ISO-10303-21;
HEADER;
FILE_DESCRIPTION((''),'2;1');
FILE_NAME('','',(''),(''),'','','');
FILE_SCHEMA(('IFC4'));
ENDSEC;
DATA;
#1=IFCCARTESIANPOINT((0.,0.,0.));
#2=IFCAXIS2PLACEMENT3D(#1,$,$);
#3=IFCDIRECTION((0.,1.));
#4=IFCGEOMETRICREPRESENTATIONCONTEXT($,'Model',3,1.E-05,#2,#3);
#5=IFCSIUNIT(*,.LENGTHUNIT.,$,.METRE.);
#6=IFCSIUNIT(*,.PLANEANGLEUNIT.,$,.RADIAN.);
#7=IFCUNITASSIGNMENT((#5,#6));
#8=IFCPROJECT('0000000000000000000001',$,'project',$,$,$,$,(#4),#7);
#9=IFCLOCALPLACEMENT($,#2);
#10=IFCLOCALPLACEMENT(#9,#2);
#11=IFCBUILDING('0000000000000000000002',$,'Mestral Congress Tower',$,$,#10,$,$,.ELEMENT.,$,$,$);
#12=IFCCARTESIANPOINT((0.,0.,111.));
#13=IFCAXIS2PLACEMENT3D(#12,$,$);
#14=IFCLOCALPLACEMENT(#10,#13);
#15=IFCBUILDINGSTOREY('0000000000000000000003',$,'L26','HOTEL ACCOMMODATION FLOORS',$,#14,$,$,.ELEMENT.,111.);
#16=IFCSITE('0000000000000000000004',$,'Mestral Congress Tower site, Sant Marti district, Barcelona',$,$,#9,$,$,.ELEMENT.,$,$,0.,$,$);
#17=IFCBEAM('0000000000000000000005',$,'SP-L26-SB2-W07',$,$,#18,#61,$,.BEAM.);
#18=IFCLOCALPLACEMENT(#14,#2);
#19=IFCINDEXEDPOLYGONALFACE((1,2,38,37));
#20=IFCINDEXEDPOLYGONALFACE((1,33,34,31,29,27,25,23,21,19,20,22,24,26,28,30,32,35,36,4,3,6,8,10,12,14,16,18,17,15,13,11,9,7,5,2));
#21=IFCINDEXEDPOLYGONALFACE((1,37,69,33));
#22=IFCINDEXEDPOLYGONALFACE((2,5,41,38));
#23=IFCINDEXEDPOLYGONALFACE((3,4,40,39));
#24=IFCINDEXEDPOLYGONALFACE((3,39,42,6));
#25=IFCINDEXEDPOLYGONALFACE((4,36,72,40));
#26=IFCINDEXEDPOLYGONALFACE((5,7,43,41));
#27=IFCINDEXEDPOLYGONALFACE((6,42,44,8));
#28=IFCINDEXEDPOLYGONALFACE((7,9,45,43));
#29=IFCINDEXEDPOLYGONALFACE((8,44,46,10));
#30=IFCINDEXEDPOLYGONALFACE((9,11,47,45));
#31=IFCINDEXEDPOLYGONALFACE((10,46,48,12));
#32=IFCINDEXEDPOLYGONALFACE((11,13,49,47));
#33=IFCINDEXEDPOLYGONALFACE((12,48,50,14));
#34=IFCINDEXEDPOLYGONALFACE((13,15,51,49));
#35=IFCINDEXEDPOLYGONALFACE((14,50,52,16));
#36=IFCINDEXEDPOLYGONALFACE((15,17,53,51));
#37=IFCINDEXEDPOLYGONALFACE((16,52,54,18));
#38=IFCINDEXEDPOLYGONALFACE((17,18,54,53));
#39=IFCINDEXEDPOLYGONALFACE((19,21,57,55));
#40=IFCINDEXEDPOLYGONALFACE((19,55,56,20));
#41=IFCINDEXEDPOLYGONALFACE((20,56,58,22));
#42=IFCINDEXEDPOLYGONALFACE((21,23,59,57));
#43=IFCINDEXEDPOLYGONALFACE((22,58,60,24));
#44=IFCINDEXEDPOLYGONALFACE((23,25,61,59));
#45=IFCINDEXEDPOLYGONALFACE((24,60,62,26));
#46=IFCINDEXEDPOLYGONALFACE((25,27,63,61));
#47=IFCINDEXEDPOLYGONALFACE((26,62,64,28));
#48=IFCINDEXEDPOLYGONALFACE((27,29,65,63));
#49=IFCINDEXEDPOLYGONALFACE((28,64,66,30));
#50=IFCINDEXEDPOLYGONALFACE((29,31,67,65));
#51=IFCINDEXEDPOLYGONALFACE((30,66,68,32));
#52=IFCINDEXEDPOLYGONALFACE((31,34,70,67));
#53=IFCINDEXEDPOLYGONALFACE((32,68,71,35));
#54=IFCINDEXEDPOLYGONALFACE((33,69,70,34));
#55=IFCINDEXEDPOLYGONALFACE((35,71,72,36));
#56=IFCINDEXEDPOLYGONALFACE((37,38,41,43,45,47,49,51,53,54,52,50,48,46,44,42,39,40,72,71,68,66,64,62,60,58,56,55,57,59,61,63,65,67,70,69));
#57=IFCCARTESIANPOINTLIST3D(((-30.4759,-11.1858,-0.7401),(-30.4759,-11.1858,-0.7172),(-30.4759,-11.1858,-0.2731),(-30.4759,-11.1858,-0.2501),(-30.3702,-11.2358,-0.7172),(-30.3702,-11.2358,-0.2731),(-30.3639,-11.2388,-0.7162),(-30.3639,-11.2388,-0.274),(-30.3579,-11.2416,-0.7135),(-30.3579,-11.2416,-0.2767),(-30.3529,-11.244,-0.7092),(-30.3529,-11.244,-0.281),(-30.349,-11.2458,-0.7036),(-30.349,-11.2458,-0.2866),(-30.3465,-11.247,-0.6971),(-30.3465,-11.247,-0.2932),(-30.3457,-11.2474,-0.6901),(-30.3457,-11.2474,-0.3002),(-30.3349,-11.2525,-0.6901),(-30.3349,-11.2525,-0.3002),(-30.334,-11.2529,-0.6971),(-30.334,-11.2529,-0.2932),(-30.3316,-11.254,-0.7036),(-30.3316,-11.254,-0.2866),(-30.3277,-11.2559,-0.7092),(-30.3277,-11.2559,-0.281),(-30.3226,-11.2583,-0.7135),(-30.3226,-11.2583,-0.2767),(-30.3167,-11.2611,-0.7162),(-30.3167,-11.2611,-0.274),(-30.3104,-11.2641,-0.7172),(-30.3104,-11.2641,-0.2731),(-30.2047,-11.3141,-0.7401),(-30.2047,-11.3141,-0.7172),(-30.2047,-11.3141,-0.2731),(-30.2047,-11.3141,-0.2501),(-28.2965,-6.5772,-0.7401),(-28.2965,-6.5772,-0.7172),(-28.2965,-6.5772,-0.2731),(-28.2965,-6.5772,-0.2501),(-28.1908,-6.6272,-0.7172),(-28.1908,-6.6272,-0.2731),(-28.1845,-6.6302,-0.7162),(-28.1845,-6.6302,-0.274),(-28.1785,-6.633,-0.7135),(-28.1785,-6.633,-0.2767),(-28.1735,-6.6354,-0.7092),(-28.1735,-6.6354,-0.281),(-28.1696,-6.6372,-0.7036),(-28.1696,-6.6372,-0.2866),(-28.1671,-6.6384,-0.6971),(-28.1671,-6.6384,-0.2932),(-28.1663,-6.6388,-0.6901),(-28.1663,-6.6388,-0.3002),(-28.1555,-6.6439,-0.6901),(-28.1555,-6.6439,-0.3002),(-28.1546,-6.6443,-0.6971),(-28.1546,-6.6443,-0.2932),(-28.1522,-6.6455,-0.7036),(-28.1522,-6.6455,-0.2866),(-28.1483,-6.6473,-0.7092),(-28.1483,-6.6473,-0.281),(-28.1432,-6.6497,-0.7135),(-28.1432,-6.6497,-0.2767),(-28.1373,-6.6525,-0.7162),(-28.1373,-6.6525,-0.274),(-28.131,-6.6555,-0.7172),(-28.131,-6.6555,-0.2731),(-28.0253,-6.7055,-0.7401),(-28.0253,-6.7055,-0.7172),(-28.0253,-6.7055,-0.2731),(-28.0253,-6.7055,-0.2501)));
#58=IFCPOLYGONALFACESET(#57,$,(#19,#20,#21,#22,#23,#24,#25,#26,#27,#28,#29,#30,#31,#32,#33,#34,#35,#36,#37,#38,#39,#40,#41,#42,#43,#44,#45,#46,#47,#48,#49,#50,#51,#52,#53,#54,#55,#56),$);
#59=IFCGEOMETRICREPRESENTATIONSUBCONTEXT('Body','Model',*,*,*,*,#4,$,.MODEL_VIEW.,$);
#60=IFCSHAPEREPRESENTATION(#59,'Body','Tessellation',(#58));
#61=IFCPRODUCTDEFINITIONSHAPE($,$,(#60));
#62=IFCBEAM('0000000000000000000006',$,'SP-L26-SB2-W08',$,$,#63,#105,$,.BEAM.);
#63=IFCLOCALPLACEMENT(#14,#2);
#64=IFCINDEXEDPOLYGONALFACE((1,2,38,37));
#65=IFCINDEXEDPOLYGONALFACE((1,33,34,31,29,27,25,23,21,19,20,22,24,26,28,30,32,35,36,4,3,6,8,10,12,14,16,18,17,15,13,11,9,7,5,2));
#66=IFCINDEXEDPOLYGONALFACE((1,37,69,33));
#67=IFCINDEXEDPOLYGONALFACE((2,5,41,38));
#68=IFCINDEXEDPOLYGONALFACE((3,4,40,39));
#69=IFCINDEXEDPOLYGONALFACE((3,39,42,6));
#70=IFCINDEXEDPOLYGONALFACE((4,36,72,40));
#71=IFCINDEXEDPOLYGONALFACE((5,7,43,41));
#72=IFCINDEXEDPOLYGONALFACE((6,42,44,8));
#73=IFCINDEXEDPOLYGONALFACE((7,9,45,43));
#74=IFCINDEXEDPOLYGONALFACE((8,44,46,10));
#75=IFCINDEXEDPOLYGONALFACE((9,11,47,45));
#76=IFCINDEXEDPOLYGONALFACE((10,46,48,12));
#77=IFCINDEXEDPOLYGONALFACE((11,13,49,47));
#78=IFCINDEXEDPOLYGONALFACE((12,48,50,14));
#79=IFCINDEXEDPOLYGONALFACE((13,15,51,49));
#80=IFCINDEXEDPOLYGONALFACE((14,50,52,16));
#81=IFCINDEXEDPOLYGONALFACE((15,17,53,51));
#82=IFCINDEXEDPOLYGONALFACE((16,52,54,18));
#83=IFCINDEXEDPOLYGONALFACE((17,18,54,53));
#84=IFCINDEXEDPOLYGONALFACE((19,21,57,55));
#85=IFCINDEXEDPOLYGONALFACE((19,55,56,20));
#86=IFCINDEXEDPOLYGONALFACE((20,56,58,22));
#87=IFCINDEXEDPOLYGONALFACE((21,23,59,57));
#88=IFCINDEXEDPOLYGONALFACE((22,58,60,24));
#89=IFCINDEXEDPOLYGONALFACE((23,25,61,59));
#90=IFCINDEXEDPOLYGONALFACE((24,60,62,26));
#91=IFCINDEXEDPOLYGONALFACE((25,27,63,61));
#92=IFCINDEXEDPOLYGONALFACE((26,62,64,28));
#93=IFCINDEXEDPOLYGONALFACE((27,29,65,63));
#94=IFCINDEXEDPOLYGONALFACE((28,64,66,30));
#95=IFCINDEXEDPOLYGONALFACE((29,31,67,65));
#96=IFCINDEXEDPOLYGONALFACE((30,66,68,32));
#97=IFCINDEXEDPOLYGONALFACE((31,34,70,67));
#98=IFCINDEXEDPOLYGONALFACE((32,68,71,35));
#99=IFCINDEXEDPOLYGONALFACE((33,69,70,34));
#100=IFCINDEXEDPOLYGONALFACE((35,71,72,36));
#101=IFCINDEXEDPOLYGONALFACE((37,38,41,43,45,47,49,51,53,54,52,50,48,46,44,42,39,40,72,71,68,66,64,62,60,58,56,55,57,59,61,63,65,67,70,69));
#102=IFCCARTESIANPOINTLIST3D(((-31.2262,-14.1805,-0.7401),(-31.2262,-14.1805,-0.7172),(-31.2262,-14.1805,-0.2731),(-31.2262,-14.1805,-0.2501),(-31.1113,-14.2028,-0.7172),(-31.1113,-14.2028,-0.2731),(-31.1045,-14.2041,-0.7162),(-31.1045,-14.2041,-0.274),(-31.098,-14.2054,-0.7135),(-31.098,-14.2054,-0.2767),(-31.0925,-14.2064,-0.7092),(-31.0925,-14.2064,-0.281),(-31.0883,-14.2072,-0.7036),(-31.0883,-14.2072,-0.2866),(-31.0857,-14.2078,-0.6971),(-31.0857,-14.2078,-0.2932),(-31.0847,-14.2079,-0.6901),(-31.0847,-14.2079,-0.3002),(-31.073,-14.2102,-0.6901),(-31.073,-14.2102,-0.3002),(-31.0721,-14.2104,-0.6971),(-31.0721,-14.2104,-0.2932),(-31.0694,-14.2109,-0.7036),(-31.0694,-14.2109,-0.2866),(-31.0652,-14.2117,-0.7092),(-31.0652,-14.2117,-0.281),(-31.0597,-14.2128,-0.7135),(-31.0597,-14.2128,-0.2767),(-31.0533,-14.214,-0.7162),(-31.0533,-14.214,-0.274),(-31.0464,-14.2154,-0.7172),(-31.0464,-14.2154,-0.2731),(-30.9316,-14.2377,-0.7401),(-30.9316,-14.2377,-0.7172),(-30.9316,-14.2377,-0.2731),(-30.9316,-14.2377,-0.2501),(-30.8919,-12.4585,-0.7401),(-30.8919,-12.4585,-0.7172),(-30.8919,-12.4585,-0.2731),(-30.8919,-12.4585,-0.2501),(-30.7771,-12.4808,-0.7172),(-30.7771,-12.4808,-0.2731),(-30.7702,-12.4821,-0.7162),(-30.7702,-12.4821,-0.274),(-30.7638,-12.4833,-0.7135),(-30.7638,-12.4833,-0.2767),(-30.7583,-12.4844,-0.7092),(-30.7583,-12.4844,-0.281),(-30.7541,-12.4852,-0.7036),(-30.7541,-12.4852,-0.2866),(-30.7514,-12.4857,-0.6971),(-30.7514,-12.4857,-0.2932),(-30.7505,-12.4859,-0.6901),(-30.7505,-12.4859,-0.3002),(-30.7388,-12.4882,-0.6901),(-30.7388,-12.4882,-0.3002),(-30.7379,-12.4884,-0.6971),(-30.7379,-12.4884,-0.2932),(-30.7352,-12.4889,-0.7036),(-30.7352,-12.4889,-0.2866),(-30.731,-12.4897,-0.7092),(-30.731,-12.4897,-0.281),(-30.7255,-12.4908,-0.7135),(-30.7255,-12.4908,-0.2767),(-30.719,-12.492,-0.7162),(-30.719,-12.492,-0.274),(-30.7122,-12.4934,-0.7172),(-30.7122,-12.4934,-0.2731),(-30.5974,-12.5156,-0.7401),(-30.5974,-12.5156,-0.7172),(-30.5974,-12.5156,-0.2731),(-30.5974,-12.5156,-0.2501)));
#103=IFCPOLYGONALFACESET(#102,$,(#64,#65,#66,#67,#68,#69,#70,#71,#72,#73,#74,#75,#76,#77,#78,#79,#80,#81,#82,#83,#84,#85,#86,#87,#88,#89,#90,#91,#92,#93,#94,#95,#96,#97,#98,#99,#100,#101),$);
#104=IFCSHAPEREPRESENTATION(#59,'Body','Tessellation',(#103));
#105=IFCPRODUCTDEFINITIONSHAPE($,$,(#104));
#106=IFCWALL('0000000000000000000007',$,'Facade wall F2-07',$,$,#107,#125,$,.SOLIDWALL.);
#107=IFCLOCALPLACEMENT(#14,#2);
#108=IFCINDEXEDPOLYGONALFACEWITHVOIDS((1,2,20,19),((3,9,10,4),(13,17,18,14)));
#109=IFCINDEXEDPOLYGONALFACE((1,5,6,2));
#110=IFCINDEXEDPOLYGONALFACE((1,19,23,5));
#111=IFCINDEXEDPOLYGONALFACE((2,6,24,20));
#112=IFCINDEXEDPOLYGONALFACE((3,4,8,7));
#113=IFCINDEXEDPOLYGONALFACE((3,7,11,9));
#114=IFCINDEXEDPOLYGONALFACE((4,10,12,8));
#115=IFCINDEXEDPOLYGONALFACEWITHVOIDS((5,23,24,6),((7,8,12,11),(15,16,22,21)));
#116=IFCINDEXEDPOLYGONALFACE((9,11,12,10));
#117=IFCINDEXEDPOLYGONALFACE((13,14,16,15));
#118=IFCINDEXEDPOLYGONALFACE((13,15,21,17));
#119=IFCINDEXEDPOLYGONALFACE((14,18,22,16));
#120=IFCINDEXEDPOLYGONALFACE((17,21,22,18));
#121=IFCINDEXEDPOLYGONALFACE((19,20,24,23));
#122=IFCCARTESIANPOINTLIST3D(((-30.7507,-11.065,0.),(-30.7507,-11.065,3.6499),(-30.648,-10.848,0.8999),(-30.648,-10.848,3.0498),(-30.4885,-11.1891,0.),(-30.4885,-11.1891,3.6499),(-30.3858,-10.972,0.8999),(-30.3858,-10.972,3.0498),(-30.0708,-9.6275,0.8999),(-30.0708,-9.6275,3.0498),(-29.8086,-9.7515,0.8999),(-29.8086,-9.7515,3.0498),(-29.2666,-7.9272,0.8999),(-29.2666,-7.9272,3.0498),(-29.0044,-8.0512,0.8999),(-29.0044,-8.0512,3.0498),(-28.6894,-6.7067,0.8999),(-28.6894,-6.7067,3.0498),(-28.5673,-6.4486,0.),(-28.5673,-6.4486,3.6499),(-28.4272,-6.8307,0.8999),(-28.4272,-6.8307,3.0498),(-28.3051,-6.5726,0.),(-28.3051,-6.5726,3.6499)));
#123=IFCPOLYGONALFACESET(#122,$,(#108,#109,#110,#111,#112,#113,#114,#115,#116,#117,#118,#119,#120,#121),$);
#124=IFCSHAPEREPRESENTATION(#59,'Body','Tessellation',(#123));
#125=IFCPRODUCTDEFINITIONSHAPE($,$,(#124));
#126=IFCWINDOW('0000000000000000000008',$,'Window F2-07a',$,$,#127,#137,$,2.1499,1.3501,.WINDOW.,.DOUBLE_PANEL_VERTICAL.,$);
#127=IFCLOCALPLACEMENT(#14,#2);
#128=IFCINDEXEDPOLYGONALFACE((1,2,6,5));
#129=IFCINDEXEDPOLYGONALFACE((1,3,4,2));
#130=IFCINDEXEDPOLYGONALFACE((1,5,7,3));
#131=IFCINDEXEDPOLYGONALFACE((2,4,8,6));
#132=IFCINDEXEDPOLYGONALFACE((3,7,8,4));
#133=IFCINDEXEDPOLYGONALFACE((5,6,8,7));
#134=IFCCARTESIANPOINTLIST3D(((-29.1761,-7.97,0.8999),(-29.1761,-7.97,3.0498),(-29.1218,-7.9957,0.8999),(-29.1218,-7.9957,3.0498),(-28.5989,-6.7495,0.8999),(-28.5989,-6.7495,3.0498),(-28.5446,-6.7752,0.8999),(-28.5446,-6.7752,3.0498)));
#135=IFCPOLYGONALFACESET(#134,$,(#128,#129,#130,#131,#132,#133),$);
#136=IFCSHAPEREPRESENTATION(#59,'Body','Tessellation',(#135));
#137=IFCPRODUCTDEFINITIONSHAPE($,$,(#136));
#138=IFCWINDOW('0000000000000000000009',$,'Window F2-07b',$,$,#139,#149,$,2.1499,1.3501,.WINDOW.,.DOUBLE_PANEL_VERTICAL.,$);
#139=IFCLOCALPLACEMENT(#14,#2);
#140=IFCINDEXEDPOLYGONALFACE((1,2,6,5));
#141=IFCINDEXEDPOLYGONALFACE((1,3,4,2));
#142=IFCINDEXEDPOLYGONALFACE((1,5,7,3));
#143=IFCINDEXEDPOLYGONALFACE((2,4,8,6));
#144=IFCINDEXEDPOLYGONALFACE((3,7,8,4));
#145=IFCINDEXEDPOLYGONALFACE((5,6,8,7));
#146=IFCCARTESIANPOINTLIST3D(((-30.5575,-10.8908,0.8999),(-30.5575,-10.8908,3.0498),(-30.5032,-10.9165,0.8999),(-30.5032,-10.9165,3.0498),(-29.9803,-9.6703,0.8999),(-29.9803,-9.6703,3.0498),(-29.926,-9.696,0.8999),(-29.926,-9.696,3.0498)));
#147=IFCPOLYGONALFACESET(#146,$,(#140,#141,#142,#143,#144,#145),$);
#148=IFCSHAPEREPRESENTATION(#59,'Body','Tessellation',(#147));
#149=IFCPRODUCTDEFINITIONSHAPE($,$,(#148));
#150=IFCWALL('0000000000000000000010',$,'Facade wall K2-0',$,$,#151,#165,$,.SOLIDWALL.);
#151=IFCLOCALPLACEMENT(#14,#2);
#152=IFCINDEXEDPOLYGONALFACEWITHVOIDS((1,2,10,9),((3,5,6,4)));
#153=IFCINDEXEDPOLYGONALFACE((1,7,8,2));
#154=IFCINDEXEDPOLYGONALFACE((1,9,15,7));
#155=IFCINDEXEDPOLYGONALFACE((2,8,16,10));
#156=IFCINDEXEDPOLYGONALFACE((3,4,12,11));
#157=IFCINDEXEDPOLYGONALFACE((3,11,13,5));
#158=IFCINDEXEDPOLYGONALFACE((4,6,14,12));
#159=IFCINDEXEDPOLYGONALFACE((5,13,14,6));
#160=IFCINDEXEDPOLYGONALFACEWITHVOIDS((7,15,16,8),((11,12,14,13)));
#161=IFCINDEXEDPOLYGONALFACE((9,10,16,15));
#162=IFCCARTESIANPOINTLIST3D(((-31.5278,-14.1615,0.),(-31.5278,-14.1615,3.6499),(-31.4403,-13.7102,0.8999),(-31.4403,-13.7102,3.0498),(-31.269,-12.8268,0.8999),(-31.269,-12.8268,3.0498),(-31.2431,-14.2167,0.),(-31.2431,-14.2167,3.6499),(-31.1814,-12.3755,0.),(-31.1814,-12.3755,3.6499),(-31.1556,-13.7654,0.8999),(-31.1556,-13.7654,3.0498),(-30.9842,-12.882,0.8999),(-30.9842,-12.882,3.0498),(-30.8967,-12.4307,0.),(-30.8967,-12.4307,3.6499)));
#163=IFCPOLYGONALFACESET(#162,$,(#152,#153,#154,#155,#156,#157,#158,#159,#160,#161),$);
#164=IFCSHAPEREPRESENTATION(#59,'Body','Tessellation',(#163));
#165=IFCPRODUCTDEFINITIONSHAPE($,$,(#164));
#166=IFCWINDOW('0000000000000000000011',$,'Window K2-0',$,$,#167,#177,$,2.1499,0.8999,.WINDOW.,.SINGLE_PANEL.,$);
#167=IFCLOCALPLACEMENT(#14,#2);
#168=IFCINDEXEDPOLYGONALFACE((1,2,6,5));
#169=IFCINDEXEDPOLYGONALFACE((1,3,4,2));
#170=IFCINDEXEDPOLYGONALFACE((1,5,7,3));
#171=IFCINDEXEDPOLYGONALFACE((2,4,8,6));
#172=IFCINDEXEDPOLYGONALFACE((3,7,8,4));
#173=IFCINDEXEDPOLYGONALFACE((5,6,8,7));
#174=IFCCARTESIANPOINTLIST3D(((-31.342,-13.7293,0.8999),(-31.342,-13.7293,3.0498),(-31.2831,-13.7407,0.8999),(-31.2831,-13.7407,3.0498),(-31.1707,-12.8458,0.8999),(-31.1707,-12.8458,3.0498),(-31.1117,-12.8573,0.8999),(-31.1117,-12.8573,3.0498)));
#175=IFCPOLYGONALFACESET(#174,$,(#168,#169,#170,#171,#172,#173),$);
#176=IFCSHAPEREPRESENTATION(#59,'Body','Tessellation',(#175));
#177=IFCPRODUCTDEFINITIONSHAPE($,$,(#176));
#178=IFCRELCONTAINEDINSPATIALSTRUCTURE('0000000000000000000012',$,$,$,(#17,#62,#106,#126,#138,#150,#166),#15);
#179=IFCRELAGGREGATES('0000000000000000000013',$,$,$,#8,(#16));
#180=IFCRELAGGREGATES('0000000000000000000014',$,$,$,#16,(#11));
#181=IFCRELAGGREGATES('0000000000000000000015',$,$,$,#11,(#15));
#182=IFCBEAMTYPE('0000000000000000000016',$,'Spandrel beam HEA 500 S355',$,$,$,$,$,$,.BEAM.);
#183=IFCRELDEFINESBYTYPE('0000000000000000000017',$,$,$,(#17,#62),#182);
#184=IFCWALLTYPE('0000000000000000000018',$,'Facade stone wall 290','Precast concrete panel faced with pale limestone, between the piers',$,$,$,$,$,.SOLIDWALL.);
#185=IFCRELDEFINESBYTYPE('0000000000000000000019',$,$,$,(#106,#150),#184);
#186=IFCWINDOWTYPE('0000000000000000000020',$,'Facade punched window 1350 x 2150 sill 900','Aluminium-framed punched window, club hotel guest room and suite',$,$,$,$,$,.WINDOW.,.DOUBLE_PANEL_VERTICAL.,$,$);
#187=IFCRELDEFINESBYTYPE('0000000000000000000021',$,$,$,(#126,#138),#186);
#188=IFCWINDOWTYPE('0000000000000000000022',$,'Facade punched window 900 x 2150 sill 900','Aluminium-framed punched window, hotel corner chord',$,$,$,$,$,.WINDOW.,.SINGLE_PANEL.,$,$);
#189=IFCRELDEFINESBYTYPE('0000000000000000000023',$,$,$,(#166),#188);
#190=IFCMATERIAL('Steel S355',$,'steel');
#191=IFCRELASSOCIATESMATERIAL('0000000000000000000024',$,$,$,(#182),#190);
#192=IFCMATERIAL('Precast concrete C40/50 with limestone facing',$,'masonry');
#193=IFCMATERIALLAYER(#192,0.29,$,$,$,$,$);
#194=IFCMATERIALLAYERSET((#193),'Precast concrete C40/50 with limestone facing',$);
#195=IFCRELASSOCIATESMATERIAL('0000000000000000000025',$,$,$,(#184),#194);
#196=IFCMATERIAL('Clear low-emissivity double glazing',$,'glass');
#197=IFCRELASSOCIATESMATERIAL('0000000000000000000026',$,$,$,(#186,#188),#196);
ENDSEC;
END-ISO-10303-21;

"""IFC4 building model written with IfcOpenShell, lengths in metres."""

from ifc_helpers import new_model, si_unit, direction, frame, frame_2d, origin, origin_2d, place, context, subcontext, project, spatial, rectangle, i_section, extrude, material, layer, layer_set, material_profile, profile_set, type_object, element, fill, save


model = new_model("IFC4")

# Units and contexts
model_context = context("Model", 3, precision=1e-05, world=origin(), true_north=direction((0.0, 1.0)))
body_context = subcontext(model_context, "Body", "Model", "MODEL_VIEW")
ifc_project = project(units=[si_unit("LENGTHUNIT", "METRE"), si_unit("PLANEANGLEUNIT", "RADIAN")], contexts=[model_context])

# Site, building, storey
site_placement = place(None, origin())
site = spatial("IfcSite", under=ifc_project, at=site_placement, Name="Mestral Congress Tower site, Sant Marti district, Barcelona", CompositionType="ELEMENT", RefElevation=0.0)
building_placement = place(site_placement, origin())
building = spatial("IfcBuilding", under=site, at=building_placement, Name="Mestral Congress Tower", CompositionType="ELEMENT")
storey_placement = place(building_placement, frame((0.0, 0.0, 111.0)))
storey = spatial("IfcBuildingStorey", under=building, at=storey_placement, Name="L26", Description="HOTEL ACCOMMODATION FLOORS", CompositionType="ELEMENT", Elevation=111.0)

# Beams
ifc_material_1 = material(Name="Steel S355", Category="steel")
ifc_material_profile_1 = material_profile(ifc_material_1, i_section(OverallWidth=0.3, OverallDepth=0.49, WebThickness=0.012, FlangeThickness=0.0229, FilletRadius=0.0271, at=origin_2d()), Name="HEA 500")
ifc_profile_set_1 = profile_set([ifc_material_profile_1], Name="Steel S355")
beam_type_1 = type_object("IfcBeamType", Name="Spandrel beam HEA 500 S355", PredefinedType="BEAM", material=ifc_profile_set_1)
beam_1_placement = place(storey_placement, frame((-28.1609, -6.6414, -0.4951), z_axis=(-0.42751, -0.904011, 0.0), x_axis=(0.904011, -0.42751, 0.0)))
element("IfcBeam", 1, at=beam_1_placement, inside=storey, type_object=beam_type_1, Name="SP-L26-SB2-W07", PredefinedType="BEAM", context=body_context, shape_type="SweptSolid", body=[
    extrude(i_section(OverallWidth=0.3, OverallDepth=0.49, WebThickness=0.012, FlangeThickness=0.0229, FilletRadius=0.0271, at=origin_2d()), origin(), (0.0, 0.0, 1.0), 5.0979),
])
beam_2_placement = place(storey_placement, frame((-30.7446, -12.4871, -0.4951), z_axis=(-0.190546, -0.981678, 0.0), x_axis=(0.981678, -0.190546, 0.0)))
element("IfcBeam", 2, at=beam_2_placement, inside=storey, type_object=beam_type_1, Name="SP-L26-SB2-W08", PredefinedType="BEAM", context=body_context, shape_type="SweptSolid", body=[
    extrude(i_section(OverallWidth=0.3, OverallDepth=0.49, WebThickness=0.012, FlangeThickness=0.0229, FilletRadius=0.0271, at=origin_2d()), origin(), (0.0, 0.0, 1.0), 1.7542),
])

# Wall, openings, windows
ifc_material_2 = material(Name="Precast concrete C40/50 with limestone facing", Category="masonry")
ifc_layer_1 = layer(ifc_material_2, 0.29)
ifc_layer_set_1 = layer_set([ifc_layer_1], Name="Precast concrete C40/50 with limestone facing")
wall_type_1 = type_object("IfcWallType", Name="Facade stone wall 290", Description="Precast concrete panel faced with pale limestone, between the piers", PredefinedType="SOLIDWALL", material=ifc_layer_set_1)
wall_1_placement = place(storey_placement, frame((-28.4363, -6.5107, 0.0), z_axis=(0.0, 0.0, 1.0), x_axis=(-0.427544, -0.903995, 0.0)))
wall_1 = element("IfcWall", 3, at=wall_1_placement, inside=storey, type_object=wall_type_1, Name="Facade wall F2-07", PredefinedType="SOLIDWALL", context=body_context, shape_type="SweptSolid", body=[
    extrude(rectangle(XDim=5.1067, YDim=0.29, at=frame_2d((2.5532, 0.0))), origin(), (0.0, 0.0, 1.0), 3.6499),
])
opening_1_placement = place(wall_1_placement, frame((0.2854, 0.0, 0.8999)))
opening_1 = element("IfcOpeningElement", 4, at=opening_1_placement, cuts=wall_1, PredefinedType="OPENING", context=body_context, shape_type="SweptSolid", body=[
    extrude(rectangle(XDim=1.3501, YDim=2.1499, at=frame_2d((0.675, 1.075))), frame((0.0, 0.155, 0.0), z_axis=(0.0, -1.0, 0.0), x_axis=(1.0, 0.0, 0.0)), (0.0, 0.0, 1.0), 0.3101),
])
opening_2_placement = place(wall_1_placement, frame((3.5164, 0.0, 0.8999)))
opening_2 = element("IfcOpeningElement", 5, at=opening_2_placement, cuts=wall_1, PredefinedType="OPENING", context=body_context, shape_type="SweptSolid", body=[
    extrude(rectangle(XDim=1.3501, YDim=2.1499, at=frame_2d((0.675, 1.075))), frame((0.0, 0.155, 0.0), z_axis=(0.0, -1.0, 0.0), x_axis=(1.0, 0.0, 0.0)), (0.0, 0.0, 1.0), 0.3101),
])
ifc_material_3 = material(Name="Clear low-emissivity double glazing", Category="glass")
window_type_1 = type_object("IfcWindowType", Name="Facade punched window 1350 x 2150 sill 900", Description="Aluminium-framed punched window, club hotel guest room and suite", PartitioningType="DOUBLE_PANEL_VERTICAL", PredefinedType="WINDOW", material=ifc_material_3)
window_1_placement = place(opening_1_placement, origin())
window_1 = element("IfcWindow", 6, at=window_1_placement, inside=storey, type_object=window_type_1, Name="Window F2-07a", OverallHeight=2.1499, OverallWidth=1.3501, PartitioningType="DOUBLE_PANEL_VERTICAL", PredefinedType="WINDOW", context=body_context, shape_type="SweptSolid", body=[
    extrude(rectangle(XDim=1.3501, YDim=2.1499, at=frame_2d((0.675, 1.075))), frame((0.0, 0.0151, 0.0), z_axis=(0.0, -1.0, 0.0), x_axis=(1.0, 0.0, 0.0)), (0.0, 0.0, 1.0), 0.0601),
])
fill(opening_1, window_1)
window_2_placement = place(opening_2_placement, origin())
window_2 = element("IfcWindow", 7, at=window_2_placement, inside=storey, type_object=window_type_1, Name="Window F2-07b", OverallHeight=2.1499, OverallWidth=1.3501, PartitioningType="DOUBLE_PANEL_VERTICAL", PredefinedType="WINDOW", context=body_context, shape_type="SweptSolid", body=[
    extrude(rectangle(XDim=1.3501, YDim=2.1499, at=frame_2d((0.675, 1.075))), frame((0.0, 0.0151, 0.0), z_axis=(0.0, -1.0, 0.0), x_axis=(1.0, 0.0, 0.0)), (0.0, 0.0, 1.0), 0.0601),
])
fill(opening_2, window_2)

# Wall, opening, window
wall_2_placement = place(storey_placement, frame((-31.0391, -12.4031, 0.0), z_axis=(0.0, 0.0, 1.0), x_axis=(-0.19041, -0.981705, 0.0)))
wall_2 = element("IfcWall", 8, at=wall_2_placement, inside=storey, type_object=wall_type_1, Name="Facade wall K2-0", PredefinedType="SOLIDWALL", context=body_context, shape_type="SweptSolid", body=[
    extrude(rectangle(XDim=1.8193, YDim=0.29, at=frame_2d((0.9097, 0.0))), origin(), (0.0, 0.0, 1.0), 3.6499),
])
opening_3_placement = place(wall_2_placement, frame((0.4597, 0.0, 0.8999)))
opening_3 = element("IfcOpeningElement", 9, at=opening_3_placement, cuts=wall_2, PredefinedType="OPENING", context=body_context, shape_type="SweptSolid", body=[
    extrude(rectangle(XDim=0.8999, YDim=2.1499, at=frame_2d((0.45, 1.075))), frame((0.0, 0.155, 0.0), z_axis=(0.0, -1.0, 0.0), x_axis=(1.0, 0.0, 0.0)), (0.0, 0.0, 1.0), 0.3101),
])
window_type_2 = type_object("IfcWindowType", Name="Facade punched window 900 x 2150 sill 900", Description="Aluminium-framed punched window, hotel corner chord", PartitioningType="SINGLE_PANEL", PredefinedType="WINDOW", material=ifc_material_3)
window_3_placement = place(opening_3_placement, origin())
window_3 = element("IfcWindow", 10, at=window_3_placement, inside=storey, type_object=window_type_2, Name="Window K2-0", OverallHeight=2.1499, OverallWidth=0.8999, PartitioningType="SINGLE_PANEL", PredefinedType="WINDOW", context=body_context, shape_type="SweptSolid", body=[
    extrude(rectangle(XDim=0.8999, YDim=2.1499, at=frame_2d((0.45, 1.075))), frame((0.0, 0.0151, 0.0), z_axis=(0.0, -1.0, 0.0), x_axis=(1.0, 0.0, 0.0)), (0.0, 0.0, 1.0), 0.0601),
])
fill(opening_3, window_3)

save(model, "model.ifc")
